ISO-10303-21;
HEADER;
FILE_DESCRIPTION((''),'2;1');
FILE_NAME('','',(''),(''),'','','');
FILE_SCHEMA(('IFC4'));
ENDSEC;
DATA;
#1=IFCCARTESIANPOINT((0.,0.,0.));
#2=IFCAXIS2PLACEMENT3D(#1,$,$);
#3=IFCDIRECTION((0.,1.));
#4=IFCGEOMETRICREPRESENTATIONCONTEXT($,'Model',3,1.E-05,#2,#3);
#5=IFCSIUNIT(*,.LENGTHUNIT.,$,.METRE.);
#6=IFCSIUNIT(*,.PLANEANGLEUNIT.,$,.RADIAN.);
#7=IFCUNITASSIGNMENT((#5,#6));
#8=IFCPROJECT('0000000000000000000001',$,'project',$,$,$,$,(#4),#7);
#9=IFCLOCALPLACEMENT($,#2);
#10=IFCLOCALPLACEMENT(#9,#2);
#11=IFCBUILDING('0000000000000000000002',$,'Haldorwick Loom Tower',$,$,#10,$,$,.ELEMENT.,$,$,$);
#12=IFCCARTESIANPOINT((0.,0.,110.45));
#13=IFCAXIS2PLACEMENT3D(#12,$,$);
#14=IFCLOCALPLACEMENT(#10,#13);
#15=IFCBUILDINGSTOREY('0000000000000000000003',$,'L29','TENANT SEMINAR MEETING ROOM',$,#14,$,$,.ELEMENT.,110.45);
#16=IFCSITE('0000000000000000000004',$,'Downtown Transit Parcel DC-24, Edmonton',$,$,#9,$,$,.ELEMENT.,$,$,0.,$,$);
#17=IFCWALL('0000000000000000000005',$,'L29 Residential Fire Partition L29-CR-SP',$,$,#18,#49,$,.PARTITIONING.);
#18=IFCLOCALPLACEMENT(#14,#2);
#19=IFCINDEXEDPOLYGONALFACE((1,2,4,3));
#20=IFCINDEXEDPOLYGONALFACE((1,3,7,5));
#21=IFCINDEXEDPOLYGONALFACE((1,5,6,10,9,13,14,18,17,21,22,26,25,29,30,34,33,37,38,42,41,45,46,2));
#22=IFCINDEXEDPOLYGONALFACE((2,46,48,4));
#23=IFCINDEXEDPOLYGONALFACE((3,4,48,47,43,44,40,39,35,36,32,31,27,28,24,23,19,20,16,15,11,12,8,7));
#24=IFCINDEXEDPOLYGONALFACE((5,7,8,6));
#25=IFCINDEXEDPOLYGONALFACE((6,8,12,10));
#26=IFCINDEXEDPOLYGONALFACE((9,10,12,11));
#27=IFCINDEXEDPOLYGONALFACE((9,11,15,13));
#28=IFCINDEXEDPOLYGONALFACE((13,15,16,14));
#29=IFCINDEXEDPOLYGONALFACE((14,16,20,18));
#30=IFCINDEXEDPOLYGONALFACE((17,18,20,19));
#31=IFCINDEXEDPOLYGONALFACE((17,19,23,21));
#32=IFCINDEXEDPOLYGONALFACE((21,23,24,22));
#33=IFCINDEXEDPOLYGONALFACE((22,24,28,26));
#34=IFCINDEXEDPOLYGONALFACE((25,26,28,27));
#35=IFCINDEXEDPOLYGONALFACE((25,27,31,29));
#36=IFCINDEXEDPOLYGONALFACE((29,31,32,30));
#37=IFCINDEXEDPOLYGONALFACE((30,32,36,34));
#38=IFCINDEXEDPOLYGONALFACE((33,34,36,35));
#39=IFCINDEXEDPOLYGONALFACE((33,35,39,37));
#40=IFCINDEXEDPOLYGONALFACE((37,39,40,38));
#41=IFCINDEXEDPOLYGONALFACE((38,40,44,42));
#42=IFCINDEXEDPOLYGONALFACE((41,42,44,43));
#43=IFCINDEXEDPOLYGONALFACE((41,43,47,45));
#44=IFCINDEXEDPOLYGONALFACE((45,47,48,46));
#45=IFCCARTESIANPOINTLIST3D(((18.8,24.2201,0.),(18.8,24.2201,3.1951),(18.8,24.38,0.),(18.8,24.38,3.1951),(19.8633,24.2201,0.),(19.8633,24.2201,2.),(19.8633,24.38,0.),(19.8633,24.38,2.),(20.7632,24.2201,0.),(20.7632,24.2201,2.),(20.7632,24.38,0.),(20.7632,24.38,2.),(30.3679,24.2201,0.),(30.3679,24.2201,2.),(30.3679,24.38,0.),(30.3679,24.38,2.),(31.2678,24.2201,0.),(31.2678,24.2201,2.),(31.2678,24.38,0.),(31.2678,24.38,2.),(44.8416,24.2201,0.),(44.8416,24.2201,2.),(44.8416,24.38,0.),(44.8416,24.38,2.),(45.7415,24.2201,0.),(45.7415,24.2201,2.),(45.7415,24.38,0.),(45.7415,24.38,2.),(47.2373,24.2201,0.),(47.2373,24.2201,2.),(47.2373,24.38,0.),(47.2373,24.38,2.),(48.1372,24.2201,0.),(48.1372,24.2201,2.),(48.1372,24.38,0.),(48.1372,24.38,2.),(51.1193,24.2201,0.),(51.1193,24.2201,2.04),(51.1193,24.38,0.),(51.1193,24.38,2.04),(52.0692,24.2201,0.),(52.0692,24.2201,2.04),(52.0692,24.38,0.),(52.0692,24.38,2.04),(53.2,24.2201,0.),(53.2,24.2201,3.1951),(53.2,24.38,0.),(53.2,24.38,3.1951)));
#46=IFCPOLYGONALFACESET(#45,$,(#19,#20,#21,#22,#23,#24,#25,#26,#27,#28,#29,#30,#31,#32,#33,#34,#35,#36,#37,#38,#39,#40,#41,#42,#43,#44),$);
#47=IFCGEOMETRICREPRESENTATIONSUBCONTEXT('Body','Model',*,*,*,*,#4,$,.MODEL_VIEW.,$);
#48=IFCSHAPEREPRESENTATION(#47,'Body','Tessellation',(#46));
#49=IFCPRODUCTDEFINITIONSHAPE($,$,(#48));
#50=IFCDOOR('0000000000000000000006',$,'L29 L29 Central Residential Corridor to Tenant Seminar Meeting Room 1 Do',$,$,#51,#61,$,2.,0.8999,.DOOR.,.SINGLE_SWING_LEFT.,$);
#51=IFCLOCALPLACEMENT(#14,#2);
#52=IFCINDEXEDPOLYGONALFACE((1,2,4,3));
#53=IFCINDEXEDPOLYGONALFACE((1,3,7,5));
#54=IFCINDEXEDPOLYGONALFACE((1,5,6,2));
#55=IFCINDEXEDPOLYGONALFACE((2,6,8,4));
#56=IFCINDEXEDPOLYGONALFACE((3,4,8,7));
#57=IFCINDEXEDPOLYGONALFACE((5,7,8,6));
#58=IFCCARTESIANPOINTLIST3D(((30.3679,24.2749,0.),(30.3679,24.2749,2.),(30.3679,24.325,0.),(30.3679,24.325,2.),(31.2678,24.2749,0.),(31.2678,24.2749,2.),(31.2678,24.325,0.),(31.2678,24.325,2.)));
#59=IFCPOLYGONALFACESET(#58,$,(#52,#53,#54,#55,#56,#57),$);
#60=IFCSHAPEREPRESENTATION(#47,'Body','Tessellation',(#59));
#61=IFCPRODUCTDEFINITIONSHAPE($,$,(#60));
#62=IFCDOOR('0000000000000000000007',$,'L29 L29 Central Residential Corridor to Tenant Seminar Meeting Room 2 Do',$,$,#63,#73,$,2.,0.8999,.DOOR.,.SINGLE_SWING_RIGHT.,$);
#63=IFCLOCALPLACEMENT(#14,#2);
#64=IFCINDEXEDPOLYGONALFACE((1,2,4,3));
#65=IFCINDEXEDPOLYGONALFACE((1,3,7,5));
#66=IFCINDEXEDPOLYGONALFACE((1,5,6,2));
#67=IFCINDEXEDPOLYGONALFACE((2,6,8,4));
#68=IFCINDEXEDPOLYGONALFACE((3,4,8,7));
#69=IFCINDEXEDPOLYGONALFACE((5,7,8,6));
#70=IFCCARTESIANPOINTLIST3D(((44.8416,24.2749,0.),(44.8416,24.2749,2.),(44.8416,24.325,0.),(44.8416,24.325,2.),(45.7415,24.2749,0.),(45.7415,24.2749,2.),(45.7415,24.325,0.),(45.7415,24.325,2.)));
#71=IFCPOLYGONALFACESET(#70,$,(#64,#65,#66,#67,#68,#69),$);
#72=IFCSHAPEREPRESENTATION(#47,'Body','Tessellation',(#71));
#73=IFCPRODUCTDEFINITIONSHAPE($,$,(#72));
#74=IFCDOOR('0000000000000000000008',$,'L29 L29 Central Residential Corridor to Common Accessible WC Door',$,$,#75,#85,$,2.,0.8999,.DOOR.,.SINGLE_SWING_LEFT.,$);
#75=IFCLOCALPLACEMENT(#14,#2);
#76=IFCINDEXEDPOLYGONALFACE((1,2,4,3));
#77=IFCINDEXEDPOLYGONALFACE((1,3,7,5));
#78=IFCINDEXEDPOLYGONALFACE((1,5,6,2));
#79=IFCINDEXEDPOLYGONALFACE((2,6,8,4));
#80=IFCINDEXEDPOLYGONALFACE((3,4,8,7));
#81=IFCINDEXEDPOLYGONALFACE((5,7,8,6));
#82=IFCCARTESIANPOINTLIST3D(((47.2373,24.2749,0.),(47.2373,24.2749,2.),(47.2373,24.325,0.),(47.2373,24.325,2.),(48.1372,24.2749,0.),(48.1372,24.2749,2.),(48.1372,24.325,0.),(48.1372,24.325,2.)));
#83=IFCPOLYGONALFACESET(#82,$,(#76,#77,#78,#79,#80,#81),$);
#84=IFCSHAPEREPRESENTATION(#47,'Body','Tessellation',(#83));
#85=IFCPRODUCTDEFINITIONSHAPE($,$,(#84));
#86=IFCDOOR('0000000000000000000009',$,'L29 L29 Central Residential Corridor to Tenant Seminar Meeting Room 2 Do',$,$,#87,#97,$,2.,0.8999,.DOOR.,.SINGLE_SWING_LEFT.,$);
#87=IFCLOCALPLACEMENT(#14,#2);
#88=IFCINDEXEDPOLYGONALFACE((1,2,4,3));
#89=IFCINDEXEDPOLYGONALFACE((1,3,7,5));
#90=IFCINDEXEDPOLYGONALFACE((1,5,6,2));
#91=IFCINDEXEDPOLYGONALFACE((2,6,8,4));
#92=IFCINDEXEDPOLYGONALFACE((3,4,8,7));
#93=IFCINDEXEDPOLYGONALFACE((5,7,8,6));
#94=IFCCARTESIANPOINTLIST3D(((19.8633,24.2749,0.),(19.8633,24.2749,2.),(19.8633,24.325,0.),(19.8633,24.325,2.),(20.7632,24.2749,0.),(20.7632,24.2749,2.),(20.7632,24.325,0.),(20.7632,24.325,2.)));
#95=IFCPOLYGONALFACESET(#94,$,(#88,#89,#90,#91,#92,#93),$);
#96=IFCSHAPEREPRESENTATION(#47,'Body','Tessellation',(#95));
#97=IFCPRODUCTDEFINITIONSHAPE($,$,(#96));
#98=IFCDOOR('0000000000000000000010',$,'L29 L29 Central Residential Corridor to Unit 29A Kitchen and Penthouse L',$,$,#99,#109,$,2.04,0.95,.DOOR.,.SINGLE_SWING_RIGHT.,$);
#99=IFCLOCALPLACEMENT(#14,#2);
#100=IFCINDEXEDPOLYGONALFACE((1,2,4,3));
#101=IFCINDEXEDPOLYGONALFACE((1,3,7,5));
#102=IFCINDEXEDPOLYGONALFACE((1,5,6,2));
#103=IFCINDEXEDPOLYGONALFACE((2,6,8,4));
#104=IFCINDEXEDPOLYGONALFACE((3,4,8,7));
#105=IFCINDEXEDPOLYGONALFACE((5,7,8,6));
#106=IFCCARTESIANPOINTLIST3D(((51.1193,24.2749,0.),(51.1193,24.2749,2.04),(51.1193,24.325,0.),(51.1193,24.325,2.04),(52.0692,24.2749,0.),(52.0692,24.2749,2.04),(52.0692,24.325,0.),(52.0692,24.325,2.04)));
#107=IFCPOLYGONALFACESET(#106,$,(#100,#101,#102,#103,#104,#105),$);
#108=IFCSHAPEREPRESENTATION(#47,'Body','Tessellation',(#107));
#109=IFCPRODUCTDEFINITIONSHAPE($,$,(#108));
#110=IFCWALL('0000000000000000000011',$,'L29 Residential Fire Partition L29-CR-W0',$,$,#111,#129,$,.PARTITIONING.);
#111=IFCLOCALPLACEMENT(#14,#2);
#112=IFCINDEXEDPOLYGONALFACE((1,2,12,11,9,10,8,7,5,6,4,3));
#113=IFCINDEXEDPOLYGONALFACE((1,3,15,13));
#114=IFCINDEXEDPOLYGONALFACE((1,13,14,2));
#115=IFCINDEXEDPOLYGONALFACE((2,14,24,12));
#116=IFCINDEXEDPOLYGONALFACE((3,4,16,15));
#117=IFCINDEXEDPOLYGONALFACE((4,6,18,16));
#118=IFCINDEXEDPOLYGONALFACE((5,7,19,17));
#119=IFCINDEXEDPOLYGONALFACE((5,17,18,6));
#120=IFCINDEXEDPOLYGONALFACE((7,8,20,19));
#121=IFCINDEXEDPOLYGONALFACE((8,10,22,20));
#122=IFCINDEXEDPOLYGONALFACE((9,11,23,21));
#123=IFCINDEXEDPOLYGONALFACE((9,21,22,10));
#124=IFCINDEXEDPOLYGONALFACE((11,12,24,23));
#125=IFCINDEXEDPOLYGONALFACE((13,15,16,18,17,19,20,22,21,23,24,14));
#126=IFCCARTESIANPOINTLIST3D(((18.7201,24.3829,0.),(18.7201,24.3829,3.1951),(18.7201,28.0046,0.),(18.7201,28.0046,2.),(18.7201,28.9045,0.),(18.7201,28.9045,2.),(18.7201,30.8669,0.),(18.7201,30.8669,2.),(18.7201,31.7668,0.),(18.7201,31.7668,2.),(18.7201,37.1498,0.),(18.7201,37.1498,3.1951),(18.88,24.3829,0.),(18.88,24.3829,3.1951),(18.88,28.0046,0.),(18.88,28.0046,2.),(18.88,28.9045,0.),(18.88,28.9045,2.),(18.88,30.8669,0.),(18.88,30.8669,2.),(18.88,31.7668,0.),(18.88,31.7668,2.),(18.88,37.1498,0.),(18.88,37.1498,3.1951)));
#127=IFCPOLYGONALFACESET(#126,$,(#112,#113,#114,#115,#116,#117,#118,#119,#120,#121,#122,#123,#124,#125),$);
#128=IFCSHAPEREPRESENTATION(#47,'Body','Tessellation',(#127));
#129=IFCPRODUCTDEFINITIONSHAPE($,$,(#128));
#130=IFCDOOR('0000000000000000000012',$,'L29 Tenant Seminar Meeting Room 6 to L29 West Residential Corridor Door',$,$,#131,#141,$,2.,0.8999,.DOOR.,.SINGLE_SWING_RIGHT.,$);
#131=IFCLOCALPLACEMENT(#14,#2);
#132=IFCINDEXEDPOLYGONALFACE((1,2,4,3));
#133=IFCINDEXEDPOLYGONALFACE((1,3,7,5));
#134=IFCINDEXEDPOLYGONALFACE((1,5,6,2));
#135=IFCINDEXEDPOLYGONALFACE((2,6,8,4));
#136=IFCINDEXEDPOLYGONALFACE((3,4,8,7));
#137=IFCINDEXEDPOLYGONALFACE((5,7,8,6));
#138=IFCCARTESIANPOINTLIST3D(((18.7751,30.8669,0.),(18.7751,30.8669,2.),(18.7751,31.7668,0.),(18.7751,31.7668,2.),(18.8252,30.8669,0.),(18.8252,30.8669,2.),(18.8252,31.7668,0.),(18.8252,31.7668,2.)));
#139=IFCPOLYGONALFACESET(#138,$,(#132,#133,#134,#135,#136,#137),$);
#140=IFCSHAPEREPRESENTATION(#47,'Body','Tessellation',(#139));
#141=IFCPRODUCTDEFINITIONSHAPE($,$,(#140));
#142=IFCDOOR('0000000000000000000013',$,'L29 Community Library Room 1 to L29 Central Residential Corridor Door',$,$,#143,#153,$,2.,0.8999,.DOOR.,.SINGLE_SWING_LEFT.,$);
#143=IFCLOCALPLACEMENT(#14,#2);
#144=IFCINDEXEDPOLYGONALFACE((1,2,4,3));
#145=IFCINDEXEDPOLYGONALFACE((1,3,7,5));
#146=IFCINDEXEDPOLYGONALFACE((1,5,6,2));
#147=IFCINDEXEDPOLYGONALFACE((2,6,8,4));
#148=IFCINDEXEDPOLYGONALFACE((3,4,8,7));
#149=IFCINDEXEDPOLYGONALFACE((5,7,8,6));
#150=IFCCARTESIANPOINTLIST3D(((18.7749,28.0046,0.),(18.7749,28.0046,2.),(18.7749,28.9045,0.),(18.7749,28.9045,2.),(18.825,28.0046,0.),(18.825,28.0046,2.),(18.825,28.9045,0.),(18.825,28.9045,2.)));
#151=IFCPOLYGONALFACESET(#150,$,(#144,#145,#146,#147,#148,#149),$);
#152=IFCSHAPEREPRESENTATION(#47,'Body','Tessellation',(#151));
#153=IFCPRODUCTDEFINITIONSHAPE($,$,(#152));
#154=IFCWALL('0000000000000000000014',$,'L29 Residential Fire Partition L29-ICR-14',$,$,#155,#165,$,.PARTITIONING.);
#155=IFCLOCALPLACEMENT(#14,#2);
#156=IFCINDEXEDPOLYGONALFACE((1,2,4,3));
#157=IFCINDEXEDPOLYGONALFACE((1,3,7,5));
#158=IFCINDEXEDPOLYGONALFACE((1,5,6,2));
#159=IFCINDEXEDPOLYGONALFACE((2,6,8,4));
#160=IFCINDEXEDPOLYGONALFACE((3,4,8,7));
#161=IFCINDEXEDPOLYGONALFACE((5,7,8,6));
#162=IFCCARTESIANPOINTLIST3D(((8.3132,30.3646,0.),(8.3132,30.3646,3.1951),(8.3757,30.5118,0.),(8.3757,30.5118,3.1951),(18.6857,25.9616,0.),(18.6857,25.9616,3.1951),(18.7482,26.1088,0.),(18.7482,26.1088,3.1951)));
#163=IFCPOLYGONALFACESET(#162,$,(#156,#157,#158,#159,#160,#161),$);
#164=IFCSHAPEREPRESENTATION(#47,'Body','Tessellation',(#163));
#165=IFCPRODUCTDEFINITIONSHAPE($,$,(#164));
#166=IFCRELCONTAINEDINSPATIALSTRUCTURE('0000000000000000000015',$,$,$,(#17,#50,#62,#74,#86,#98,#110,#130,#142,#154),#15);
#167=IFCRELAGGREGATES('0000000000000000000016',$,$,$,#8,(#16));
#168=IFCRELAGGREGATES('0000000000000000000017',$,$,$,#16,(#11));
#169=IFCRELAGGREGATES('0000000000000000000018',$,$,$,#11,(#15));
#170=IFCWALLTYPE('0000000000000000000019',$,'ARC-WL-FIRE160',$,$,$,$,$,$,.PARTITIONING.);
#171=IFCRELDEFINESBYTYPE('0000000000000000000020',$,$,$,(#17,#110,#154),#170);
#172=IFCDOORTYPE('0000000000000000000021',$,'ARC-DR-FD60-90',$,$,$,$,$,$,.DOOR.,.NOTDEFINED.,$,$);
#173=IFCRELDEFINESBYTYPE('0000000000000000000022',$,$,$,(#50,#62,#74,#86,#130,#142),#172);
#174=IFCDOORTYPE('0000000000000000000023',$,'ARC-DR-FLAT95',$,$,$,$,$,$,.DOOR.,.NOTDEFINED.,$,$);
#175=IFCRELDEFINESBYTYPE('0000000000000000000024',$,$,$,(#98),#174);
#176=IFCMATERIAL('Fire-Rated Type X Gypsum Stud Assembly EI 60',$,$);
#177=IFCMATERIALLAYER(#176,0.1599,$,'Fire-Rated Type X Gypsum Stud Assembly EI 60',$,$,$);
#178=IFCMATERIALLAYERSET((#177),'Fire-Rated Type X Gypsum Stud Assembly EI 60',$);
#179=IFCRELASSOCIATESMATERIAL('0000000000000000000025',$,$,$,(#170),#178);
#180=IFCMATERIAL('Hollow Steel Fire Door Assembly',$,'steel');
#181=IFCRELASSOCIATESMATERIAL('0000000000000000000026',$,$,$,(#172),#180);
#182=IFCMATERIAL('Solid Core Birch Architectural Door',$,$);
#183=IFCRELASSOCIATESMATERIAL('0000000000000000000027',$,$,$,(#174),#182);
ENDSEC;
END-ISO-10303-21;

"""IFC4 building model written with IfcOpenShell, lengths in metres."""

from ifc_helpers import new_model, si_unit, direction, frame, frame_2d, origin, place, context, subcontext, project, spatial, rectangle, extrude, material, layer, layer_set, type_object, element, fill, save


model = new_model("IFC4")

# Units and contexts
model_context = context("Model", 3, precision=1e-05, world=origin(), true_north=direction((0.0, 1.0)))
body_context = subcontext(model_context, "Body", "Model", "MODEL_VIEW")
ifc_project = project(units=[si_unit("LENGTHUNIT", "METRE"), si_unit("PLANEANGLEUNIT", "RADIAN")], contexts=[model_context])

# Site, building, storey
site_placement = place(None, origin())
site = spatial("IfcSite", under=ifc_project, at=site_placement, Name="Downtown Transit Parcel DC-24, Edmonton", CompositionType="ELEMENT", RefElevation=0.0)
building_placement = place(site_placement, origin())
building = spatial("IfcBuilding", under=site, at=building_placement, Name="Haldorwick Loom Tower", CompositionType="ELEMENT")
storey_placement = place(building_placement, frame((0.0, 0.0, 110.45)))
storey = spatial("IfcBuildingStorey", under=building, at=storey_placement, Name="L29", Description="TENANT SEMINAR MEETING ROOM", CompositionType="ELEMENT", Elevation=110.45)

# Walls, openings, doors
ifc_material_1 = material(Name="Fire-Rated Type X Gypsum Stud Assembly EI 60")
ifc_layer_1 = layer(ifc_material_1, 0.1599, Name="Fire-Rated Type X Gypsum Stud Assembly EI 60")
ifc_layer_set_1 = layer_set([ifc_layer_1], Name="Fire-Rated Type X Gypsum Stud Assembly EI 60")
wall_type_1 = type_object("IfcWallType", Name="ARC-WL-FIRE160", PredefinedType="PARTITIONING", material=ifc_layer_set_1)
wall_1_placement = place(storey_placement, frame((18.8, 24.3, 0.0), z_axis=(0.0, 0.0, 1.0), x_axis=(1.0, 0.0, 0.0)))
wall_1 = element("IfcWall", 1, at=wall_1_placement, inside=storey, type_object=wall_type_1, Name="L29 Residential Fire Partition L29-CR-SP", PredefinedType="PARTITIONING", context=body_context, shape_type="SweptSolid", body=[
    extrude(rectangle(XDim=34.3999, YDim=0.1599, at=frame_2d((17.2, 0.0))), origin(), (0.0, 0.0, 1.0), 3.1951),
])
opening_1_placement = place(wall_1_placement, frame((11.5679, 0.0, 0.0)))
opening_1 = element("IfcOpeningElement", 2, at=opening_1_placement, cuts=wall_1, PredefinedType="OPENING", context=body_context, shape_type="SweptSolid", body=[
    extrude(rectangle(XDim=0.8999, YDim=2.0, at=frame_2d((0.45, 1.0))), frame((0.0, 0.0898, 0.0), z_axis=(0.0, -1.0, 0.0), x_axis=(1.0, 0.0, 0.0)), (0.0, 0.0, 1.0), 0.1799),
])
opening_2_placement = place(wall_1_placement, frame((26.0415, 0.0, 0.0)))
opening_2 = element("IfcOpeningElement", 3, at=opening_2_placement, cuts=wall_1, PredefinedType="OPENING", context=body_context, shape_type="SweptSolid", body=[
    extrude(rectangle(XDim=0.8999, YDim=2.0, at=frame_2d((0.45, 1.0))), frame((0.0, 0.0898, 0.0), z_axis=(0.0, -1.0, 0.0), x_axis=(1.0, 0.0, 0.0)), (0.0, 0.0, 1.0), 0.1799),
])
opening_3_placement = place(wall_1_placement, frame((28.4373, 0.0, 0.0)))
opening_3 = element("IfcOpeningElement", 4, at=opening_3_placement, cuts=wall_1, PredefinedType="OPENING", context=body_context, shape_type="SweptSolid", body=[
    extrude(rectangle(XDim=0.8999, YDim=2.0, at=frame_2d((0.45, 1.0))), frame((0.0, 0.0898, 0.0), z_axis=(0.0, -1.0, 0.0), x_axis=(1.0, 0.0, 0.0)), (0.0, 0.0, 1.0), 0.1799),
])
opening_4_placement = place(wall_1_placement, frame((1.0632, 0.0, 0.0)))
opening_4 = element("IfcOpeningElement", 5, at=opening_4_placement, cuts=wall_1, PredefinedType="OPENING", context=body_context, shape_type="SweptSolid", body=[
    extrude(rectangle(XDim=0.8999, YDim=2.0, at=frame_2d((0.45, 1.0))), frame((0.0, 0.0898, 0.0), z_axis=(0.0, -1.0, 0.0), x_axis=(1.0, 0.0, 0.0)), (0.0, 0.0, 1.0), 0.1799),
])
opening_5_placement = place(wall_1_placement, frame((32.3191, 0.0, 0.0)))
opening_5 = element("IfcOpeningElement", 6, at=opening_5_placement, cuts=wall_1, PredefinedType="OPENING", context=body_context, shape_type="SweptSolid", body=[
    extrude(rectangle(XDim=0.95, YDim=2.04, at=frame_2d((0.4751, 1.02))), frame((0.0, 0.0898, 0.0), z_axis=(0.0, -1.0, 0.0), x_axis=(1.0, 0.0, 0.0)), (0.0, 0.0, 1.0), 0.1799),
])
ifc_material_2 = material(Name="Hollow Steel Fire Door Assembly", Category="steel")
door_type_1 = type_object("IfcDoorType", Name="ARC-DR-FD60-90", OperationType="NOTDEFINED", PredefinedType="DOOR", material=ifc_material_2)
door_1_placement = place(opening_1_placement, origin())
door_1 = element("IfcDoor", 7, at=door_1_placement, inside=storey, type_object=door_type_1, Name="L29 L29 Central Residential Corridor to Tenant Seminar Meeting Room 1 Do", OperationType="SINGLE_SWING_LEFT", OverallHeight=2.0, OverallWidth=0.8999, PredefinedType="DOOR", context=body_context, shape_type="SweptSolid", body=[
    extrude(rectangle(XDim=0.8999, YDim=2.0, at=frame_2d((0.45, 1.0))), frame((0.0, 0.0249, 0.0), z_axis=(0.0, -1.0, 0.0), x_axis=(1.0, 0.0, 0.0)), (0.0, 0.0, 1.0), 0.05),
])
fill(opening_1, door_1)
door_2_placement = place(opening_2_placement, origin())
door_2 = element("IfcDoor", 8, at=door_2_placement, inside=storey, type_object=door_type_1, Name="L29 L29 Central Residential Corridor to Tenant Seminar Meeting Room 2 Do", OperationType="SINGLE_SWING_RIGHT", OverallHeight=2.0, OverallWidth=0.8999, PredefinedType="DOOR", context=body_context, shape_type="SweptSolid", body=[
    extrude(rectangle(XDim=0.8999, YDim=2.0, at=frame_2d((0.45, 1.0))), frame((0.0, 0.0249, 0.0), z_axis=(0.0, -1.0, 0.0), x_axis=(1.0, 0.0, 0.0)), (0.0, 0.0, 1.0), 0.05),
])
fill(opening_2, door_2)
door_3_placement = place(opening_3_placement, origin())
door_3 = element("IfcDoor", 9, at=door_3_placement, inside=storey, type_object=door_type_1, Name="L29 L29 Central Residential Corridor to Common Accessible WC Door", OperationType="SINGLE_SWING_LEFT", OverallHeight=2.0, OverallWidth=0.8999, PredefinedType="DOOR", context=body_context, shape_type="SweptSolid", body=[
    extrude(rectangle(XDim=0.8999, YDim=2.0, at=frame_2d((0.45, 1.0))), frame((0.0, 0.0249, 0.0), z_axis=(0.0, -1.0, 0.0), x_axis=(1.0, 0.0, 0.0)), (0.0, 0.0, 1.0), 0.05),
])
fill(opening_3, door_3)
door_4_placement = place(opening_4_placement, origin())
door_4 = element("IfcDoor", 10, at=door_4_placement, inside=storey, type_object=door_type_1, Name="L29 L29 Central Residential Corridor to Tenant Seminar Meeting Room 2 Do", OperationType="SINGLE_SWING_LEFT", OverallHeight=2.0, OverallWidth=0.8999, PredefinedType="DOOR", context=body_context, shape_type="SweptSolid", body=[
    extrude(rectangle(XDim=0.8999, YDim=2.0, at=frame_2d((0.45, 1.0))), frame((0.0, 0.0249, 0.0), z_axis=(0.0, -1.0, 0.0), x_axis=(1.0, 0.0, 0.0)), (0.0, 0.0, 1.0), 0.05),
])
fill(opening_4, door_4)
ifc_material_3 = material(Name="Solid Core Birch Architectural Door")
door_type_2 = type_object("IfcDoorType", Name="ARC-DR-FLAT95", OperationType="NOTDEFINED", PredefinedType="DOOR", material=ifc_material_3)
door_5_placement = place(opening_5_placement, origin())
door_5 = element("IfcDoor", 11, at=door_5_placement, inside=storey, type_object=door_type_2, Name="L29 L29 Central Residential Corridor to Unit 29A Kitchen and Penthouse L", OperationType="SINGLE_SWING_RIGHT", OverallHeight=2.04, OverallWidth=0.95, PredefinedType="DOOR", context=body_context, shape_type="SweptSolid", body=[
    extrude(rectangle(XDim=0.95, YDim=2.04, at=frame_2d((0.4751, 1.02))), frame((0.0, 0.0249, 0.0), z_axis=(0.0, -1.0, 0.0), x_axis=(1.0, 0.0, 0.0)), (0.0, 0.0, 1.0), 0.05),
])
fill(opening_5, door_5)
wall_2_placement = place(storey_placement, frame((18.8, 24.3831, 0.0), z_axis=(0.0, 0.0, 1.0), x_axis=(0.0, 1.0, 0.0)))
wall_2 = element("IfcWall", 12, at=wall_2_placement, inside=storey, type_object=wall_type_1, Name="L29 Residential Fire Partition L29-CR-W0", PredefinedType="PARTITIONING", context=body_context, shape_type="SweptSolid", body=[
    extrude(rectangle(XDim=12.7668, YDim=0.1599, at=frame_2d((6.3833, 0.0))), origin(), (0.0, 0.0, 1.0), 3.1951),
])
opening_6_placement = place(wall_2_placement, frame((6.4839, 0.0, 0.0)))
opening_6 = element("IfcOpeningElement", 13, at=opening_6_placement, cuts=wall_2, PredefinedType="OPENING", context=body_context, shape_type="SweptSolid", body=[
    extrude(rectangle(XDim=0.8999, YDim=2.0, at=frame_2d((0.45, 1.0))), frame((0.0, 0.0898, 0.0), z_axis=(0.0, -1.0, 0.0), x_axis=(1.0, 0.0, 0.0)), (0.0, 0.0, 1.0), 0.1799),
])
opening_7_placement = place(wall_2_placement, frame((3.6216, 0.0, 0.0)))
opening_7 = element("IfcOpeningElement", 14, at=opening_7_placement, cuts=wall_2, PredefinedType="OPENING", context=body_context, shape_type="SweptSolid", body=[
    extrude(rectangle(XDim=0.8999, YDim=2.0, at=frame_2d((0.45, 1.0))), frame((0.0, 0.0898, 0.0), z_axis=(0.0, -1.0, 0.0), x_axis=(1.0, 0.0, 0.0)), (0.0, 0.0, 1.0), 0.1799),
])
door_6_placement = place(opening_6_placement, origin())
door_6 = element("IfcDoor", 15, at=door_6_placement, inside=storey, type_object=door_type_1, Name="L29 Tenant Seminar Meeting Room 6 to L29 West Residential Corridor Door", OperationType="SINGLE_SWING_RIGHT", OverallHeight=2.0, OverallWidth=0.8999, PredefinedType="DOOR", context=body_context, shape_type="SweptSolid", body=[
    extrude(rectangle(XDim=0.8999, YDim=2.0, at=frame_2d((0.45, 1.0))), frame((0.0, 0.0249, 0.0), z_axis=(0.0, -1.0, 0.0), x_axis=(1.0, 0.0, 0.0)), (0.0, 0.0, 1.0), 0.05),
])
fill(opening_6, door_6)
door_7_placement = place(opening_7_placement, frame((0.8999, 0.0, 0.0), z_axis=(0.0, 0.0, 1.0), x_axis=(-1.0, 0.0, 0.0)))
door_7 = element("IfcDoor", 16, at=door_7_placement, inside=storey, type_object=door_type_1, Name="L29 Community Library Room 1 to L29 Central Residential Corridor Door", OperationType="SINGLE_SWING_LEFT", OverallHeight=2.0, OverallWidth=0.8999, PredefinedType="DOOR", context=body_context, shape_type="SweptSolid", body=[
    extrude(rectangle(XDim=0.8999, YDim=2.0, at=frame_2d((0.45, 1.0))), frame((0.0, 0.0249, 0.0), z_axis=(0.0, -1.0, 0.0), x_axis=(1.0, 0.0, 0.0)), (0.0, 0.0, 1.0), 0.05),
])
fill(opening_7, door_7)

# Wall
wall_3_placement = place(storey_placement, frame((18.717, 26.0352, 0.0), z_axis=(0.0, 0.0, 1.0), x_axis=(-0.920499, 0.390745, 0.0)))
element("IfcWall", 17, at=wall_3_placement, inside=storey, type_object=wall_type_1, Name="L29 Residential Fire Partition L29-ICR-14", PredefinedType="PARTITIONING", context=body_context, shape_type="SweptSolid", body=[
    extrude(rectangle(XDim=11.2683, YDim=0.1599, at=frame_2d((5.6343, 0.0))), origin(), (0.0, 0.0, 1.0), 3.1951),
])

save(model, "model.ifc")
